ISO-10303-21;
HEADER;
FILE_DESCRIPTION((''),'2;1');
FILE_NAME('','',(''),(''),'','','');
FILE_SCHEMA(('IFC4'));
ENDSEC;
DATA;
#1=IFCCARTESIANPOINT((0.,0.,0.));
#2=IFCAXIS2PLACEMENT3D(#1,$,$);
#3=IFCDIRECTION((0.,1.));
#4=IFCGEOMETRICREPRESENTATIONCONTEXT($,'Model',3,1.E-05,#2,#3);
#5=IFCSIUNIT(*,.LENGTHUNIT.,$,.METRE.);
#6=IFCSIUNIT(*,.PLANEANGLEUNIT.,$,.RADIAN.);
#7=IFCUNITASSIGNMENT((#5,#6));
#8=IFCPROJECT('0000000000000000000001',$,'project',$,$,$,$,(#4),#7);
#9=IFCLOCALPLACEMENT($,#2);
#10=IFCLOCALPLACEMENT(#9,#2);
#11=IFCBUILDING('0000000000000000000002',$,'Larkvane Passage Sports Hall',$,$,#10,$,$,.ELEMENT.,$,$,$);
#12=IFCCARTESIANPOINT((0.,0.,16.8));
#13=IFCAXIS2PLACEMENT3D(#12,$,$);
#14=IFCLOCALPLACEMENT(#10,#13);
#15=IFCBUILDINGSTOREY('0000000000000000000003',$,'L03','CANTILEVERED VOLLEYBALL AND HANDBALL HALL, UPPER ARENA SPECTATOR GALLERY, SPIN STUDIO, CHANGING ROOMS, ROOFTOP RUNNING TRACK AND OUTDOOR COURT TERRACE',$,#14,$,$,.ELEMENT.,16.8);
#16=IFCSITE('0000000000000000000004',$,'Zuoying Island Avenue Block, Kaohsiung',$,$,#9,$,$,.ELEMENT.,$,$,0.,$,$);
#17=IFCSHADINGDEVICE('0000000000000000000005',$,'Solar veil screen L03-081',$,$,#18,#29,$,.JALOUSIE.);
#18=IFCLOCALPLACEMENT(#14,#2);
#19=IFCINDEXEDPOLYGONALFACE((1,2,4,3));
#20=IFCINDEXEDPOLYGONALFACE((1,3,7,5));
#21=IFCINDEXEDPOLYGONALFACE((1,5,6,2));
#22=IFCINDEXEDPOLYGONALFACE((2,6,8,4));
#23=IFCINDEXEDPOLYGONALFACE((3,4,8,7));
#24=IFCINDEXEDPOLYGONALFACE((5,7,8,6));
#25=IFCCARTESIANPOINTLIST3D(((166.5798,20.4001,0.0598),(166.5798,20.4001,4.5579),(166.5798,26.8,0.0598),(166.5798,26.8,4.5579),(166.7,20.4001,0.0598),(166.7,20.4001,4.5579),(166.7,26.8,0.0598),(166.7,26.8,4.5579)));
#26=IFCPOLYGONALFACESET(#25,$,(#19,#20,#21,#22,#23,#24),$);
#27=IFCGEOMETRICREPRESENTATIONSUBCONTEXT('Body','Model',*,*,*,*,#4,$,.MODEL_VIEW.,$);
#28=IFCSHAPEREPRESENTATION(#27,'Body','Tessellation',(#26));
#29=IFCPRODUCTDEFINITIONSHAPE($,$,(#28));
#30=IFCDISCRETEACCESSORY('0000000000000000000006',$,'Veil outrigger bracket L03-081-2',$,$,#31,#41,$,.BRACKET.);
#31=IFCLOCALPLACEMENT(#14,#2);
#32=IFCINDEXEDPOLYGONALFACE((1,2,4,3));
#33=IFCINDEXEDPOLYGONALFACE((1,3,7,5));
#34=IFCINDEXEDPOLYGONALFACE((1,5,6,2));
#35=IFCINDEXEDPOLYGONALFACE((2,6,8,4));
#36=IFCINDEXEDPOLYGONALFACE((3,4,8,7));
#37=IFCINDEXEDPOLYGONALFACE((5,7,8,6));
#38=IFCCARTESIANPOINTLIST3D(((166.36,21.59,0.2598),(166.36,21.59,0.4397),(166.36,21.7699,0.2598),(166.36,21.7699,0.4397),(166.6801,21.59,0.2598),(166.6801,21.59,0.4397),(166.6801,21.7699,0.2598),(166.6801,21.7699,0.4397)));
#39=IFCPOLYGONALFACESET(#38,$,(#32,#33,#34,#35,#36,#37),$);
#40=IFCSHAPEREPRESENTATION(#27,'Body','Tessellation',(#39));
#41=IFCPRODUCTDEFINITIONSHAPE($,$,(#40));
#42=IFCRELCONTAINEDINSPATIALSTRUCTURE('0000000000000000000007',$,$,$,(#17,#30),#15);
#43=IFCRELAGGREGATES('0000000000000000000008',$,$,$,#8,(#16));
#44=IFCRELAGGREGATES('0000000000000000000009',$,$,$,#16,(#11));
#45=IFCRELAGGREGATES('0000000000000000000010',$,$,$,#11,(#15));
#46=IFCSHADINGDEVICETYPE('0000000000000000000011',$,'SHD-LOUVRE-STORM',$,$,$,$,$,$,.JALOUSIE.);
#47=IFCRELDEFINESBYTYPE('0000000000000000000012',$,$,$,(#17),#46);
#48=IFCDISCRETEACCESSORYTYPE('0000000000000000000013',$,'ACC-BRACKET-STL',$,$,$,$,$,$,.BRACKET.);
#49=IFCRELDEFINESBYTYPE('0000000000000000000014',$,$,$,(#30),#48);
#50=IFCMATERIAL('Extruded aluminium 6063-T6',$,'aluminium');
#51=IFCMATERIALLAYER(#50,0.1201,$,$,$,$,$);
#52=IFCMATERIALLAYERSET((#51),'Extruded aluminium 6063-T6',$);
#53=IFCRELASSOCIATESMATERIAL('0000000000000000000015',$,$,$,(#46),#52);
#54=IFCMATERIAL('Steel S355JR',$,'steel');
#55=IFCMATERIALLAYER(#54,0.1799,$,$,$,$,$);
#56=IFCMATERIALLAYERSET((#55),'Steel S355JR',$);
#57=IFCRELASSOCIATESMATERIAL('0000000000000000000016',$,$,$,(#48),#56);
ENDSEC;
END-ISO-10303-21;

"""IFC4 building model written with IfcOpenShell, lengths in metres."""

from ifc_helpers import new_model, si_unit, direction, frame, origin, origin_2d, place, context, subcontext, project, spatial, rectangle, extrude, material, layer, layer_set, type_object, element, save


model = new_model("IFC4")

# Units and contexts
model_context = context("Model", 3, precision=1e-05, world=origin(), true_north=direction((0.0, 1.0)))
body_context = subcontext(model_context, "Body", "Model", "MODEL_VIEW")
ifc_project = project(units=[si_unit("LENGTHUNIT", "METRE"), si_unit("PLANEANGLEUNIT", "RADIAN")], contexts=[model_context])

# Site, building, storey
site_placement = place(None, origin())
site = spatial("IfcSite", under=ifc_project, at=site_placement, Name="Zuoying Island Avenue Block, Kaohsiung", CompositionType="ELEMENT", RefElevation=0.0)
building_placement = place(site_placement, origin())
building = spatial("IfcBuilding", under=site, at=building_placement, Name="Larkvane Passage Sports Hall", CompositionType="ELEMENT")
storey_placement = place(building_placement, frame((0.0, 0.0, 16.8)))
storey = spatial("IfcBuildingStorey", under=building, at=storey_placement, Name="L03", Description="CANTILEVERED VOLLEYBALL AND HANDBALL HALL, UPPER ARENA SPECTATOR GALLERY, SPIN STUDIO, CHANGING ROOMS, ROOFTOP RUNNING TRACK AND OUTDOOR COURT TERRACE", CompositionType="ELEMENT", Elevation=16.8)

# Shading device
ifc_material_1 = material(Name="Extruded aluminium 6063-T6", Category="aluminium")
ifc_layer_1 = layer(ifc_material_1, 0.1201)
ifc_layer_set_1 = layer_set([ifc_layer_1], Name="Extruded aluminium 6063-T6")
shading_device_type = type_object("IfcShadingDeviceType", Name="SHD-LOUVRE-STORM", PredefinedType="JALOUSIE", material=ifc_layer_set_1)
shading_device_placement = place(storey_placement, frame((166.6399, 23.6001, 0.0598), z_axis=(0.0, 0.0, 1.0), x_axis=(0.0, -1.0, 0.0)))
element("IfcShadingDevice", 1, at=shading_device_placement, inside=storey, type_object=shading_device_type, Name="Solar veil screen L03-081", PredefinedType="JALOUSIE", context=body_context, shape_type="SweptSolid", body=[
    extrude(rectangle(XDim=6.3999, YDim=0.1201, at=origin_2d()), origin(), (0.0, 0.0, 1.0), 4.498),
])

# Discrete accessory
ifc_material_2 = material(Name="Steel S355JR", Category="steel")
ifc_layer_2 = layer(ifc_material_2, 0.1799)
ifc_layer_set_2 = layer_set([ifc_layer_2], Name="Steel S355JR")
discrete_accessory_type = type_object("IfcDiscreteAccessoryType", Name="ACC-BRACKET-STL", PredefinedType="BRACKET", material=ifc_layer_set_2)
discrete_accessory_placement = place(storey_placement, frame((166.52, 21.6799, 0.2598), z_axis=(0.0, 0.0, 1.0), x_axis=(0.0, -1.0, 0.0)))
element("IfcDiscreteAccessory", 2, at=discrete_accessory_placement, inside=storey, type_object=discrete_accessory_type, Name="Veil outrigger bracket L03-081-2", PredefinedType="BRACKET", context=body_context, shape_type="SweptSolid", body=[
    extrude(rectangle(XDim=0.1799, YDim=0.3201, at=origin_2d()), origin(), (0.0, 0.0, 1.0), 0.1799),
])

save(model, "model.ifc")
